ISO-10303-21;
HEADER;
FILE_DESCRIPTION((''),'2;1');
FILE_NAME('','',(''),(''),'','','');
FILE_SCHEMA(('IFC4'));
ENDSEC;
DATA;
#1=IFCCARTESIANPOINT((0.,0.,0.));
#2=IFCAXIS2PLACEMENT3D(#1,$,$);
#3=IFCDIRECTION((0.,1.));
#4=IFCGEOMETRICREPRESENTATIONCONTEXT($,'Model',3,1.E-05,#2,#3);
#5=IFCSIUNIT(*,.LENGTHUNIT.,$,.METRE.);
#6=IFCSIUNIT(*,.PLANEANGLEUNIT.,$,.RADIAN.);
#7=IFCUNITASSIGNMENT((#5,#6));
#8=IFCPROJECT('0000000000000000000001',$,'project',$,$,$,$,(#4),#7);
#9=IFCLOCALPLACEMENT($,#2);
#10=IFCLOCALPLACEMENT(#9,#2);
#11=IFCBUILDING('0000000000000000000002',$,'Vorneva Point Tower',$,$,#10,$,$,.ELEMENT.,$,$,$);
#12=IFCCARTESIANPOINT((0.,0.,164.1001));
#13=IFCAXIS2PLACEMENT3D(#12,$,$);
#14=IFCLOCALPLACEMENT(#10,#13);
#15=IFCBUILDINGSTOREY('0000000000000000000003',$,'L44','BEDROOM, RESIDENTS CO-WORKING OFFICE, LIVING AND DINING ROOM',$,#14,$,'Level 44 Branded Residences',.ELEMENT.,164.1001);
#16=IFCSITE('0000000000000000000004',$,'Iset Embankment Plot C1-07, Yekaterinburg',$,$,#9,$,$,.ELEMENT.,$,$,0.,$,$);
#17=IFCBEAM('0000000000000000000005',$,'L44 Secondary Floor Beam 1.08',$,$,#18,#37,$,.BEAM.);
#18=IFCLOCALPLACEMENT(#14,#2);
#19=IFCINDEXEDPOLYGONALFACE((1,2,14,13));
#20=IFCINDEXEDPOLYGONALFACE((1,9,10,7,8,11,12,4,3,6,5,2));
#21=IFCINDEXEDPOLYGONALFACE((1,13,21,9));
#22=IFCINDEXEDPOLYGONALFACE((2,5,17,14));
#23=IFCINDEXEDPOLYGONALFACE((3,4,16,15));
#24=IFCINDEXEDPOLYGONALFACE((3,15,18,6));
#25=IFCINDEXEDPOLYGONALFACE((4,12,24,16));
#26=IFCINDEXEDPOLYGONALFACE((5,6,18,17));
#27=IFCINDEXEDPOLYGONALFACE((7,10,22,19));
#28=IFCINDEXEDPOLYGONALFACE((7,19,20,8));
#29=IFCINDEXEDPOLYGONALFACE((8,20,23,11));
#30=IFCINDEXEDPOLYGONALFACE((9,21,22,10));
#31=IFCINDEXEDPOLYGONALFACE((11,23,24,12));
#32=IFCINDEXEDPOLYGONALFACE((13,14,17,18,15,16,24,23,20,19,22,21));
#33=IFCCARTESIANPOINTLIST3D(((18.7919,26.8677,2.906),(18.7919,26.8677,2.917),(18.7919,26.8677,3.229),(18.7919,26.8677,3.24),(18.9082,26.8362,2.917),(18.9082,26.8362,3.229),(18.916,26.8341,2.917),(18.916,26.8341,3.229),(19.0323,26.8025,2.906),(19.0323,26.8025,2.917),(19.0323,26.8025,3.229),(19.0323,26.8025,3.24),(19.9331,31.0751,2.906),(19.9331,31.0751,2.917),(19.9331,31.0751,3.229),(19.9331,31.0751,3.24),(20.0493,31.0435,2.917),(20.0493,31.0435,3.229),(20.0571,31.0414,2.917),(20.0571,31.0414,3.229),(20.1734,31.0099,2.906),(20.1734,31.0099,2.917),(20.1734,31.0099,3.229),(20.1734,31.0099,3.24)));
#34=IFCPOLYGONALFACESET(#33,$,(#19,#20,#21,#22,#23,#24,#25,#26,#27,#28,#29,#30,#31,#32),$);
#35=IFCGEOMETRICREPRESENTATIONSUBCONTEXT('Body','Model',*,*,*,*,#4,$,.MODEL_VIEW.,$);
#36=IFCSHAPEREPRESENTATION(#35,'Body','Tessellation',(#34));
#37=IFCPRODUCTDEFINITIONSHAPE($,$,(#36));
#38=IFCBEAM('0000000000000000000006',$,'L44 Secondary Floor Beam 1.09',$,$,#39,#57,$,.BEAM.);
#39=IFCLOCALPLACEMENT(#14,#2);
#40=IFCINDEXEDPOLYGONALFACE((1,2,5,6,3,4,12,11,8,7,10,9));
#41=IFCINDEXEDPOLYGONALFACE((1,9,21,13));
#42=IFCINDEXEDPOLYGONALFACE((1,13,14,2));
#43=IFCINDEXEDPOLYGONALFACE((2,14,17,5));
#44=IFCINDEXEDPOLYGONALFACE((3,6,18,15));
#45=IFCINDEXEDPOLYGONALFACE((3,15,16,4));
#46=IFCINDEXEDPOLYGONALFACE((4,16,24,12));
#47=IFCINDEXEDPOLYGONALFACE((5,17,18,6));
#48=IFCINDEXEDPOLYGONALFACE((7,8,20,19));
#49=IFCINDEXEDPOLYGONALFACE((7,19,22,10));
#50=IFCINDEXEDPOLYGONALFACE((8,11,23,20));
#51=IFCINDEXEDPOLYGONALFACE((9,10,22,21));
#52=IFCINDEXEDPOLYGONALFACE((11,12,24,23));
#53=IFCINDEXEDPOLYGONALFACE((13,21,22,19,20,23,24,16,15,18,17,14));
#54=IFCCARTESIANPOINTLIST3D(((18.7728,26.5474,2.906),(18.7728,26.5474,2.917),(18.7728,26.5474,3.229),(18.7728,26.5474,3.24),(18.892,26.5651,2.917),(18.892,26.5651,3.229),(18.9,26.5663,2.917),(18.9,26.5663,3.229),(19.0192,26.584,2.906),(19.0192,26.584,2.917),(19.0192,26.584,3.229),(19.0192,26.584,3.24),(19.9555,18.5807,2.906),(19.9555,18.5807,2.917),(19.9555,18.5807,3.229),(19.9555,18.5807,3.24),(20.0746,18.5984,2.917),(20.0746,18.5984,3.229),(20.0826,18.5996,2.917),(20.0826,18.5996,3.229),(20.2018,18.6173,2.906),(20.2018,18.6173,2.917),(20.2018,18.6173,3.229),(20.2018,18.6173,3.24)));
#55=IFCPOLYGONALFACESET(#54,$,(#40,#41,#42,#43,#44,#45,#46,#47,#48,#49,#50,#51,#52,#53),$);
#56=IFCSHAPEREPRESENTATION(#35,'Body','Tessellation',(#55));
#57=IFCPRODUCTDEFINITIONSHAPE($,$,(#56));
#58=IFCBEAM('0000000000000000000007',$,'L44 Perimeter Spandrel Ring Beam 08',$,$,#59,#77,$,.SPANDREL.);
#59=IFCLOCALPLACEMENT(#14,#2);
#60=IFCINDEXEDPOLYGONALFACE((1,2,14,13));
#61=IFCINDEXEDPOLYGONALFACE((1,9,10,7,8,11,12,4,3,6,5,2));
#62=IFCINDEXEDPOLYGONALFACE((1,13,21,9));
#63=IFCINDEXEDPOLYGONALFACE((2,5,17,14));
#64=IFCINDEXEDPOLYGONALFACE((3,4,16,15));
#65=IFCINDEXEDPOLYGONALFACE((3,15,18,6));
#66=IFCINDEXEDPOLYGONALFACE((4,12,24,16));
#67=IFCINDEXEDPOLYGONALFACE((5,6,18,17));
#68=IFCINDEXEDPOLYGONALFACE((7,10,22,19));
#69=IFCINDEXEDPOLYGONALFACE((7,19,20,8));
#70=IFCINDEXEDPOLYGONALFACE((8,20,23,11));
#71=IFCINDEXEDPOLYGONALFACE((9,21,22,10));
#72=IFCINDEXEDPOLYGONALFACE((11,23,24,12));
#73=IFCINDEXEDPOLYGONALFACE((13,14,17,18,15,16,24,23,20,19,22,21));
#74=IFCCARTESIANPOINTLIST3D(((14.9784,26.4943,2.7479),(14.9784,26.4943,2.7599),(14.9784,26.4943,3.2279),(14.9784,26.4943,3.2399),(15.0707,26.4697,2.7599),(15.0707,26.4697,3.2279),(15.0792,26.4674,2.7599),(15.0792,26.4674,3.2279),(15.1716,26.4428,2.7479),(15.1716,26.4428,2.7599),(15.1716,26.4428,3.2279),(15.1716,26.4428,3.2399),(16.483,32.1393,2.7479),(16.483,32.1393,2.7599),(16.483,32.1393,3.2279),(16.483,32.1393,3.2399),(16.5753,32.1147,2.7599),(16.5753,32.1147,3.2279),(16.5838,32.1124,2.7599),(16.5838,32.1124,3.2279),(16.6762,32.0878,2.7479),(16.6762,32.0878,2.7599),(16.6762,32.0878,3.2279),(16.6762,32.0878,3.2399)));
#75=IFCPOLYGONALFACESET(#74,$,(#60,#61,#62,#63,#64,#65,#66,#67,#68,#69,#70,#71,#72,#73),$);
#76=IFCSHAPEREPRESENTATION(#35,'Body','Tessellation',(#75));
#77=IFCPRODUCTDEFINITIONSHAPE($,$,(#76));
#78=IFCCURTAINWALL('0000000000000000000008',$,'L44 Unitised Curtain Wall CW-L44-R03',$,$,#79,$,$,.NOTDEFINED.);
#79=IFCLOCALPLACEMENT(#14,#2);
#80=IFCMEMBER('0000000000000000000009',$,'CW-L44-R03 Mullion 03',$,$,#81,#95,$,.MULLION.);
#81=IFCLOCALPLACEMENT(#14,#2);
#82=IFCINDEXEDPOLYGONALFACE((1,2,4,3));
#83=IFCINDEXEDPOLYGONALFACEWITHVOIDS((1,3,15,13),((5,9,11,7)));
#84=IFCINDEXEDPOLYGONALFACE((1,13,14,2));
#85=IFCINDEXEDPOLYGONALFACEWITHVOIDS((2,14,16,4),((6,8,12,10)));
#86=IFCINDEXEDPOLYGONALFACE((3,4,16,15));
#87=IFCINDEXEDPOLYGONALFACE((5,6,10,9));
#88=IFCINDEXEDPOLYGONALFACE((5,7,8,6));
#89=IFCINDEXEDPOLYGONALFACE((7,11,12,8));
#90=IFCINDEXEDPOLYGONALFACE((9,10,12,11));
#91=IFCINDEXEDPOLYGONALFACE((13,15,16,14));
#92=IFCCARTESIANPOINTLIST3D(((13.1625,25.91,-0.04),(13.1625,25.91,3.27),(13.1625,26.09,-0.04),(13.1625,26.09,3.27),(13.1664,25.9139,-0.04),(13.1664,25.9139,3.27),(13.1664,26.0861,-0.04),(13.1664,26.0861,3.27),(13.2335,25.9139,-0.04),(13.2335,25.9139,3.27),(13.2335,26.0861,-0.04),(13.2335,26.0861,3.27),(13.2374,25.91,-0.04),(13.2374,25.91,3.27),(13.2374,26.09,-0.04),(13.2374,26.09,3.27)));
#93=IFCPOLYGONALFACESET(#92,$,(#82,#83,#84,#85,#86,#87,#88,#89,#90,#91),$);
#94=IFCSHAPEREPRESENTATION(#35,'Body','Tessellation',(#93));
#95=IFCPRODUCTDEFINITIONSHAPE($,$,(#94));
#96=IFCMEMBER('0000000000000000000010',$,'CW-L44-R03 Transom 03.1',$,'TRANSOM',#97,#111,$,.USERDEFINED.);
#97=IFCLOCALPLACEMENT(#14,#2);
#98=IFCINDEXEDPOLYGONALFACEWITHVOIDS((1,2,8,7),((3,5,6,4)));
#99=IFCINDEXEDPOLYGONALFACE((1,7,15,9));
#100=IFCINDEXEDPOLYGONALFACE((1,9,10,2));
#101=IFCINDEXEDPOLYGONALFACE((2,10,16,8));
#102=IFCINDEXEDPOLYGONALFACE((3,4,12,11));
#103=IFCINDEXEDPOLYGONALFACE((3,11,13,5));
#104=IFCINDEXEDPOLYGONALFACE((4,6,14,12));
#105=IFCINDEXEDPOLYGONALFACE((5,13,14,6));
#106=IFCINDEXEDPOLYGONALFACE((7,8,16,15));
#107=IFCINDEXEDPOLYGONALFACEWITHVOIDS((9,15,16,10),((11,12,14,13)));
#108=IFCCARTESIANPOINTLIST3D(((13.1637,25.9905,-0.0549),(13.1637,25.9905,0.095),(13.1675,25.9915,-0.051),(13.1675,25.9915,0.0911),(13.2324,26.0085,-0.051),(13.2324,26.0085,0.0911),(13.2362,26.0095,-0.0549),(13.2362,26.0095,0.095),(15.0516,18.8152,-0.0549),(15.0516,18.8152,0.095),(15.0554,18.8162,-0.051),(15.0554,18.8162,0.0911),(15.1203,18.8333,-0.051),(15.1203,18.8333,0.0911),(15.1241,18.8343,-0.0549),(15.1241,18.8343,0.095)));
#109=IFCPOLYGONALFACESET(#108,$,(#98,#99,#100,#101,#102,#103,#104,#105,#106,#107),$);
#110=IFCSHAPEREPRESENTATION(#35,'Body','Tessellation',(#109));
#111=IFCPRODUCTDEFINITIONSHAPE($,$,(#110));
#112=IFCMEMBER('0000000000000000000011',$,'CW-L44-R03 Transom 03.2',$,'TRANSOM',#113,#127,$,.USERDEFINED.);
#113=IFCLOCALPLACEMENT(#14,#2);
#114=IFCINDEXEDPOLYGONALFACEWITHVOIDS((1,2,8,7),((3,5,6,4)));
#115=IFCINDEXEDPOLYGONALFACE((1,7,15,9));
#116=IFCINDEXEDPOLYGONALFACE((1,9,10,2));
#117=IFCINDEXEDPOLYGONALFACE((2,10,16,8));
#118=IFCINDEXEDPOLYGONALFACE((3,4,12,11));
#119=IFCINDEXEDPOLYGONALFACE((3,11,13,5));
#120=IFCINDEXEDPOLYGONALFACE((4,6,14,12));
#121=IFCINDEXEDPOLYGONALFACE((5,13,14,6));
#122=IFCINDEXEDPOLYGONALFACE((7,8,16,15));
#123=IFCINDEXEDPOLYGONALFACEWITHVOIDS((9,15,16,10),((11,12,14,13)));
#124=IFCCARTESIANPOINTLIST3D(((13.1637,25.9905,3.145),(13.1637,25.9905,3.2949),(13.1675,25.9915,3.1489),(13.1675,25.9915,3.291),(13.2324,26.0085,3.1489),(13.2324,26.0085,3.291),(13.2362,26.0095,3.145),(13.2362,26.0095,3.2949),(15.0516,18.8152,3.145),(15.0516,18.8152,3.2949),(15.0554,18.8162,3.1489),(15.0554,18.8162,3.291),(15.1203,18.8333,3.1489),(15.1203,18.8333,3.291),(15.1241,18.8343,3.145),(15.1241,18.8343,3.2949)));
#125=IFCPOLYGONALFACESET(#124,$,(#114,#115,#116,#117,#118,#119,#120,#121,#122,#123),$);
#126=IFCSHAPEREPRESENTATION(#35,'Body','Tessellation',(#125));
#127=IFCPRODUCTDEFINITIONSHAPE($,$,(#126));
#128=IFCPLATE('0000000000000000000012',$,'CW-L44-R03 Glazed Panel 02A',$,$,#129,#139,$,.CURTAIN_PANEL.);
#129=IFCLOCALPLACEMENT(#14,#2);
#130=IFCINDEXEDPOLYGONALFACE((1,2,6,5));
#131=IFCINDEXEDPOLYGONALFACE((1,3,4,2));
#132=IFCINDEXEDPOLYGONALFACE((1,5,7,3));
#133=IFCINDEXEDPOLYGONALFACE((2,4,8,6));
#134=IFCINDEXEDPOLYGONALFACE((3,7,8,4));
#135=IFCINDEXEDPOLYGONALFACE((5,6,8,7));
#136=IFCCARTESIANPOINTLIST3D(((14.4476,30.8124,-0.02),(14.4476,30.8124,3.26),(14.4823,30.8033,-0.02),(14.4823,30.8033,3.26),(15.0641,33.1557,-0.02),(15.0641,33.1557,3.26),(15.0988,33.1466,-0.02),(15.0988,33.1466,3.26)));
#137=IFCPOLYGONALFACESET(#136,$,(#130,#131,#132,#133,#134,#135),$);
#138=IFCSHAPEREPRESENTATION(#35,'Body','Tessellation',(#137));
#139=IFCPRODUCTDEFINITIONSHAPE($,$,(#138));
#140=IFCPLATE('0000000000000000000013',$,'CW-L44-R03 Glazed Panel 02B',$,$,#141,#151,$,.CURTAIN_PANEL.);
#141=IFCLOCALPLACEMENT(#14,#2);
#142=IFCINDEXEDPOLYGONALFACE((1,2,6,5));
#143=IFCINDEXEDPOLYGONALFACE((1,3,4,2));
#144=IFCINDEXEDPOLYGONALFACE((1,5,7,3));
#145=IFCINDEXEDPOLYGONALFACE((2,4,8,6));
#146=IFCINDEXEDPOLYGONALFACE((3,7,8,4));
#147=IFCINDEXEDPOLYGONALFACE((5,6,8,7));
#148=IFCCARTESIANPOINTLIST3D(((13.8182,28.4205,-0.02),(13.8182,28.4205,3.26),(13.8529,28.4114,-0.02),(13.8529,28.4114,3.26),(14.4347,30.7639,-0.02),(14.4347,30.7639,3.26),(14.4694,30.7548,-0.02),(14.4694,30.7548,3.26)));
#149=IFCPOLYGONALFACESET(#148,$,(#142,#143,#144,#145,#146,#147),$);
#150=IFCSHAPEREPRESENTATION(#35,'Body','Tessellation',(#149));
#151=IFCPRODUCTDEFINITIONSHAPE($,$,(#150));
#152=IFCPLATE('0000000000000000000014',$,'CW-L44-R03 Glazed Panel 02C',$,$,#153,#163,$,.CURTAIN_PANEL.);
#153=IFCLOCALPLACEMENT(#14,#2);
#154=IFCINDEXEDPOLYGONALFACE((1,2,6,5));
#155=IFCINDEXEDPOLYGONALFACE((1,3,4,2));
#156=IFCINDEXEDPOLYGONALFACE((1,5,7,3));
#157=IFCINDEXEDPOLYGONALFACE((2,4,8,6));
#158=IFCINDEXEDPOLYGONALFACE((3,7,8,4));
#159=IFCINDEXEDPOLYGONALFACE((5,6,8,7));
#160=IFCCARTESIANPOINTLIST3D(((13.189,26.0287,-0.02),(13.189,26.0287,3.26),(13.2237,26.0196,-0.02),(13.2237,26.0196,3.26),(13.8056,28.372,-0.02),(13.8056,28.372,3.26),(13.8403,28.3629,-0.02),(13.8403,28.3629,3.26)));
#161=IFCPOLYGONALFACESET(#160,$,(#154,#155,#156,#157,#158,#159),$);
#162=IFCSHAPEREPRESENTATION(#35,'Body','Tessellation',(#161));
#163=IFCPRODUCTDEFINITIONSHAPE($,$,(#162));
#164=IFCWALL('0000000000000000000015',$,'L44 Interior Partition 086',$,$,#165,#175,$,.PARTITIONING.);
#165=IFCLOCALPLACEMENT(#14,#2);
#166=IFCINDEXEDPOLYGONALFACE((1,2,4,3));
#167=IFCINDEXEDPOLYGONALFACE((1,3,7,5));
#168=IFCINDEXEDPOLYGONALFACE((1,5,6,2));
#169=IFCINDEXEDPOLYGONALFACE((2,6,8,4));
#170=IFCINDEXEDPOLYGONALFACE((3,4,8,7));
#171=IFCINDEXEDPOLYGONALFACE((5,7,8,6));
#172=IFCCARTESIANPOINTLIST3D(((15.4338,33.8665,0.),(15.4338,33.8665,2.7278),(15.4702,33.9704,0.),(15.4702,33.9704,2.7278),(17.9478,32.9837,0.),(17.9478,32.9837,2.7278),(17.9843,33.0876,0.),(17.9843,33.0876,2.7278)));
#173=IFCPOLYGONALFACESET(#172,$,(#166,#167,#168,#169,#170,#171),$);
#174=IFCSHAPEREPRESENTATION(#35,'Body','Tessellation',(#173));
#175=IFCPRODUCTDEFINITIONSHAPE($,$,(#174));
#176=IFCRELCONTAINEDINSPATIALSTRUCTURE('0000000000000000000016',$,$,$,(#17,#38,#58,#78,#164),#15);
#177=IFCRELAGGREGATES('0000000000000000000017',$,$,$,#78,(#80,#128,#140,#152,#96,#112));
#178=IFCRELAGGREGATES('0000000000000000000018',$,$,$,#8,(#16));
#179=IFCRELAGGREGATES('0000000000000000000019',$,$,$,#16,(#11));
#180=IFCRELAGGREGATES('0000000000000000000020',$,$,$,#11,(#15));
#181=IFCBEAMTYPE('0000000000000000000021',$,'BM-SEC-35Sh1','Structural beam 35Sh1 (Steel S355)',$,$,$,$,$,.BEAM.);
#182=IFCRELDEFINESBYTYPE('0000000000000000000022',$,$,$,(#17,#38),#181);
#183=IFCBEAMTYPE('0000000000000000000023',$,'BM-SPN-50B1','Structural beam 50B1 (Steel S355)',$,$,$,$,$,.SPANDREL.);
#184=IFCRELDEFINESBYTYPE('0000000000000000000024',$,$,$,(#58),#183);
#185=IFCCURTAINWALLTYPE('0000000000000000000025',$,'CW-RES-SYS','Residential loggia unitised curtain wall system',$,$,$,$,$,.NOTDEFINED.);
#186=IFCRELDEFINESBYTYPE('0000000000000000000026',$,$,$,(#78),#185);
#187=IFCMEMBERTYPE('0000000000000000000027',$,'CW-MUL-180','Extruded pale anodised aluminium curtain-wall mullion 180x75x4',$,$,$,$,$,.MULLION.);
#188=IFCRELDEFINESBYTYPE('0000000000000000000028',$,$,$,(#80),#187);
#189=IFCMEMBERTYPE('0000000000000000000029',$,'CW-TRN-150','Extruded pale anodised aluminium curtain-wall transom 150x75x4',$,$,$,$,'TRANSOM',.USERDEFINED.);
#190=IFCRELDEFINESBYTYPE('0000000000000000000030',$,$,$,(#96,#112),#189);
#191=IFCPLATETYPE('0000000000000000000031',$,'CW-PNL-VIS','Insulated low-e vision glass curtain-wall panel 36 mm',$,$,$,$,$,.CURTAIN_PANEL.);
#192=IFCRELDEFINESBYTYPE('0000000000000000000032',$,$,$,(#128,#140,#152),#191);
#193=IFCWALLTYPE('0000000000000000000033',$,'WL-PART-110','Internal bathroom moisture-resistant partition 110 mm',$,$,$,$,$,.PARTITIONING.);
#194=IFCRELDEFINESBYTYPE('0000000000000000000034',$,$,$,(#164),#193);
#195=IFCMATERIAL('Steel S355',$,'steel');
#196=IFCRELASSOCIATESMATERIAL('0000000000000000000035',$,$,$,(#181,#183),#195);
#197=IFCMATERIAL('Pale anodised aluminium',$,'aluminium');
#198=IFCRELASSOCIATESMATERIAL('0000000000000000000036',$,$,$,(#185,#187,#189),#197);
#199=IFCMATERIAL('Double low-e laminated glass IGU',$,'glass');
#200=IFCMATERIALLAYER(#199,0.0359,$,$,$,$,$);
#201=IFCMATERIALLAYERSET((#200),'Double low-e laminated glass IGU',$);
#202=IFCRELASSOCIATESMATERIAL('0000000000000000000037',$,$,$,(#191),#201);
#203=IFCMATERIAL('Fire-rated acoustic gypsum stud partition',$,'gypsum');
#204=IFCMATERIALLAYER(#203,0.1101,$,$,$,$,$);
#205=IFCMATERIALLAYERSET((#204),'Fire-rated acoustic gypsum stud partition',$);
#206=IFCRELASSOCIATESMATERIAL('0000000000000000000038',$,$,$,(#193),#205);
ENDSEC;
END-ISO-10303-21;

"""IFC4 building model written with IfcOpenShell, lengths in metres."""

from ifc_helpers import new_model, si_unit, direction, frame, frame_2d, origin, origin_2d, place, context, subcontext, project, spatial, rectangle, hollow_rectangle, i_section, extrude, material, layer, layer_set, material_profile, profile_set, type_object, element, aggregate, save


model = new_model("IFC4")

# Units and contexts
model_context = context("Model", 3, precision=1e-05, world=origin(), true_north=direction((0.0, 1.0)))
body_context = subcontext(model_context, "Body", "Model", "MODEL_VIEW")
ifc_project = project(units=[si_unit("LENGTHUNIT", "METRE"), si_unit("PLANEANGLEUNIT", "RADIAN")], contexts=[model_context])

# Site, building, storey
site_placement = place(None, origin())
site = spatial("IfcSite", under=ifc_project, at=site_placement, Name="Iset Embankment Plot C1-07, Yekaterinburg", CompositionType="ELEMENT", RefElevation=0.0)
building_placement = place(site_placement, origin())
building = spatial("IfcBuilding", under=site, at=building_placement, Name="Vorneva Point Tower", CompositionType="ELEMENT")
storey_placement = place(building_placement, frame((0.0, 0.0, 164.1001)))
storey = spatial("IfcBuildingStorey", under=building, at=storey_placement, Name="L44", Description="BEDROOM, RESIDENTS CO-WORKING OFFICE, LIVING AND DINING ROOM", LongName="Level 44 Branded Residences", CompositionType="ELEMENT", Elevation=164.1001)

# Beams
ifc_material_1 = material(Name="Steel S355", Category="steel")
ifc_material_profile_1 = material_profile(ifc_material_1, i_section(OverallWidth=0.249, OverallDepth=0.334, WebThickness=0.0081, FlangeThickness=0.011, at=origin_2d()), Name="35Sh1")
ifc_profile_set_1 = profile_set([ifc_material_profile_1], Name="Steel S355")
beam_type_1 = type_object("IfcBeamType", Name="BM-SEC-35Sh1", Description="Structural beam 35Sh1 (Steel S355)", PredefinedType="BEAM", material=ifc_profile_set_1)
beam_1_placement = place(storey_placement, frame((20.0532, 31.0425, 3.073), z_axis=(-0.261767, -0.965131, 0.0), x_axis=(0.965131, -0.261767, 0.0)))
element("IfcBeam", 1, at=beam_1_placement, inside=storey, type_object=beam_type_1, Name="L44 Secondary Floor Beam 1.08", PredefinedType="BEAM", context=body_context, shape_type="SweptSolid", body=[
    extrude(i_section(OverallWidth=0.249, OverallDepth=0.334, WebThickness=0.0081, FlangeThickness=0.011, at=origin_2d()), origin(), (0.0, 0.0, 1.0), 4.3594),
])
beam_2_placement = place(storey_placement, frame((18.896, 26.5657, 3.073), z_axis=(0.146839, -0.98916, 0.0), x_axis=(0.98916, 0.146839, 0.0)))
element("IfcBeam", 2, at=beam_2_placement, inside=storey, type_object=beam_type_1, Name="L44 Secondary Floor Beam 1.09", PredefinedType="BEAM", context=body_context, shape_type="SweptSolid", body=[
    extrude(i_section(OverallWidth=0.249, OverallDepth=0.334, WebThickness=0.0081, FlangeThickness=0.011, at=origin_2d()), origin(), (0.0, 0.0, 1.0), 8.054),
])
ifc_material_profile_2 = material_profile(ifc_material_1, i_section(OverallWidth=0.2, OverallDepth=0.4919, WebThickness=0.0088, FlangeThickness=0.012, at=origin_2d()), Name="50B1")
ifc_profile_set_2 = profile_set([ifc_material_profile_2], Name="Steel S355")
beam_type_2 = type_object("IfcBeamType", Name="BM-SPN-50B1", Description="Structural beam 50B1 (Steel S355)", PredefinedType="SPANDREL", material=ifc_profile_set_2)
beam_3_placement = place(storey_placement, frame((16.5796, 32.1135, 2.9939), z_axis=(-0.257551, -0.966265, 0.0), x_axis=(0.966265, -0.257551, 0.0)))
element("IfcBeam", 3, at=beam_3_placement, inside=storey, type_object=beam_type_2, Name="L44 Perimeter Spandrel Ring Beam 08", PredefinedType="SPANDREL", context=body_context, shape_type="SweptSolid", body=[
    extrude(i_section(OverallWidth=0.2, OverallDepth=0.4919, WebThickness=0.0088, FlangeThickness=0.012, at=origin_2d()), origin(), (0.0, 0.0, 1.0), 5.842),
])

# Curtain wall, members, plates
ifc_material_2 = material(Name="Pale anodised aluminium", Category="aluminium")
curtain_wall_type = type_object("IfcCurtainWallType", Name="CW-RES-SYS", Description="Residential loggia unitised curtain wall system", PredefinedType="NOTDEFINED", material=ifc_material_2)
curtain_wall_placement = place(storey_placement, origin())
curtain_wall = element("IfcCurtainWall", 4, at=curtain_wall_placement, inside=storey, type_object=curtain_wall_type, Name="L44 Unitised Curtain Wall CW-L44-R03", PredefinedType="NOTDEFINED")
ifc_material_profile_3 = material_profile(ifc_material_2, hollow_rectangle(XDim=0.075, YDim=0.1799, WallThickness=0.0039, at=origin_2d()), Name="AL-MUL 180x75x4")
ifc_profile_set_3 = profile_set([ifc_material_profile_3], Name="Pale anodised aluminium")
member_type_1 = type_object("IfcMemberType", Name="CW-MUL-180", Description="Extruded pale anodised aluminium curtain-wall mullion 180x75x4", PredefinedType="MULLION", material=ifc_profile_set_3)
member_1_placement = place(storey_placement, frame((13.2, 26.0, -0.04), z_axis=(0.0, 0.0, 1.0), x_axis=(1.0, 0.0, 0.0)))
member_1 = element("IfcMember", 5, at=member_1_placement, type_object=member_type_1, Name="CW-L44-R03 Mullion 03", PredefinedType="MULLION", context=body_context, shape_type="SweptSolid", body=[
    extrude(hollow_rectangle(XDim=0.075, YDim=0.1799, WallThickness=0.0039, at=origin_2d()), origin(), (0.0, 0.0, 1.0), 3.3101),
])
ifc_material_profile_4 = material_profile(ifc_material_2, hollow_rectangle(XDim=0.075, YDim=0.1499, WallThickness=0.0039, at=origin_2d()), Name="AL-TRN 150x75x4")
ifc_profile_set_4 = profile_set([ifc_material_profile_4], Name="Pale anodised aluminium")
member_type_2 = type_object("IfcMemberType", Name="CW-TRN-150", Description="Extruded pale anodised aluminium curtain-wall transom 150x75x4", ElementType="TRANSOM", PredefinedType="USERDEFINED", material=ifc_profile_set_4)
member_2_placement = place(storey_placement, frame((13.2, 26.0, 0.02), z_axis=(0.254456, -0.967084, 0.0), x_axis=(0.967084, 0.254456, 0.0)))
member_2 = element("IfcMember", 6, at=member_2_placement, type_object=member_type_2, Name="CW-L44-R03 Transom 03.1", ObjectType="TRANSOM", PredefinedType="USERDEFINED", context=body_context, shape_type="SweptSolid", body=[
    extrude(hollow_rectangle(XDim=0.075, YDim=0.1499, WallThickness=0.0039, at=origin_2d()), origin(), (0.0, 0.0, 1.0), 7.4194),
])
member_3_placement = place(storey_placement, frame((13.2, 26.0, 3.22), z_axis=(0.254456, -0.967084, 0.0), x_axis=(0.967084, 0.254456, 0.0)))
member_3 = element("IfcMember", 7, at=member_3_placement, type_object=member_type_2, Name="CW-L44-R03 Transom 03.2", ObjectType="TRANSOM", PredefinedType="USERDEFINED", context=body_context, shape_type="SweptSolid", body=[
    extrude(hollow_rectangle(XDim=0.075, YDim=0.1499, WallThickness=0.0039, at=origin_2d()), origin(), (0.0, 0.0, 1.0), 7.4194),
])
ifc_material_3 = material(Name="Double low-e laminated glass IGU", Category="glass")
ifc_layer_1 = layer(ifc_material_3, 0.0359)
ifc_layer_set_1 = layer_set([ifc_layer_1], Name="Double low-e laminated glass IGU")
plate_type = type_object("IfcPlateType", Name="CW-PNL-VIS", Description="Insulated low-e vision glass curtain-wall panel 36 mm", PredefinedType="CURTAIN_PANEL", material=ifc_layer_set_1)
plate_1_placement = place(storey_placement, frame((14.7732, 31.9795, -0.02), z_axis=(0.0, 0.0, 1.0), x_axis=(-0.254433, -0.96709, 0.0)))
plate_1 = element("IfcPlate", 8, at=plate_1_placement, type_object=plate_type, Name="CW-L44-R03 Glazed Panel 02A", PredefinedType="CURTAIN_PANEL", context=body_context, shape_type="SweptSolid", body=[
    extrude(rectangle(XDim=2.4231, YDim=0.0359, at=origin_2d()), origin(), (0.0, 0.0, 1.0), 3.28),
])
plate_2_placement = place(storey_placement, frame((14.1438, 29.5876, -0.02), z_axis=(0.0, 0.0, 1.0), x_axis=(-0.254433, -0.96709, 0.0)))
plate_2 = element("IfcPlate", 9, at=plate_2_placement, type_object=plate_type, Name="CW-L44-R03 Glazed Panel 02B", PredefinedType="CURTAIN_PANEL", context=body_context, shape_type="SweptSolid", body=[
    extrude(rectangle(XDim=2.4231, YDim=0.0359, at=origin_2d()), origin(), (0.0, 0.0, 1.0), 3.28),
])
plate_3_placement = place(storey_placement, frame((13.5146, 27.1958, -0.02), z_axis=(0.0, 0.0, 1.0), x_axis=(-0.254433, -0.96709, 0.0)))
plate_3 = element("IfcPlate", 10, at=plate_3_placement, type_object=plate_type, Name="CW-L44-R03 Glazed Panel 02C", PredefinedType="CURTAIN_PANEL", context=body_context, shape_type="SweptSolid", body=[
    extrude(rectangle(XDim=2.4231, YDim=0.0359, at=origin_2d()), origin(), (0.0, 0.0, 1.0), 3.28),
])
aggregate(curtain_wall, [member_1, plate_1, plate_2, plate_3, member_2, member_3])

# Wall
ifc_material_4 = material(Name="Fire-rated acoustic gypsum stud partition", Category="gypsum")
ifc_layer_2 = layer(ifc_material_4, 0.1101)
ifc_layer_set_2 = layer_set([ifc_layer_2], Name="Fire-rated acoustic gypsum stud partition")
wall_type_1 = type_object("IfcWallType", Name="WL-PART-110", Description="Internal bathroom moisture-resistant partition 110 mm", PredefinedType="PARTITIONING", material=ifc_layer_set_2)
wall_1_placement = place(storey_placement, frame((17.9661, 33.0356, 0.0), z_axis=(0.0, 0.0, 1.0), x_axis=(-0.943524, 0.331305, 0.0)))
element("IfcWall", 11, at=wall_1_placement, inside=storey, type_object=wall_type_1, Name="L44 Interior Partition 086", PredefinedType="PARTITIONING", context=body_context, shape_type="SweptSolid", body=[
    extrude(rectangle(XDim=2.6646, YDim=0.1101, at=frame_2d((1.3323, 0.0))), origin(), (0.0, 0.0, 1.0), 2.7278),
])

save(model, "model.ifc")
